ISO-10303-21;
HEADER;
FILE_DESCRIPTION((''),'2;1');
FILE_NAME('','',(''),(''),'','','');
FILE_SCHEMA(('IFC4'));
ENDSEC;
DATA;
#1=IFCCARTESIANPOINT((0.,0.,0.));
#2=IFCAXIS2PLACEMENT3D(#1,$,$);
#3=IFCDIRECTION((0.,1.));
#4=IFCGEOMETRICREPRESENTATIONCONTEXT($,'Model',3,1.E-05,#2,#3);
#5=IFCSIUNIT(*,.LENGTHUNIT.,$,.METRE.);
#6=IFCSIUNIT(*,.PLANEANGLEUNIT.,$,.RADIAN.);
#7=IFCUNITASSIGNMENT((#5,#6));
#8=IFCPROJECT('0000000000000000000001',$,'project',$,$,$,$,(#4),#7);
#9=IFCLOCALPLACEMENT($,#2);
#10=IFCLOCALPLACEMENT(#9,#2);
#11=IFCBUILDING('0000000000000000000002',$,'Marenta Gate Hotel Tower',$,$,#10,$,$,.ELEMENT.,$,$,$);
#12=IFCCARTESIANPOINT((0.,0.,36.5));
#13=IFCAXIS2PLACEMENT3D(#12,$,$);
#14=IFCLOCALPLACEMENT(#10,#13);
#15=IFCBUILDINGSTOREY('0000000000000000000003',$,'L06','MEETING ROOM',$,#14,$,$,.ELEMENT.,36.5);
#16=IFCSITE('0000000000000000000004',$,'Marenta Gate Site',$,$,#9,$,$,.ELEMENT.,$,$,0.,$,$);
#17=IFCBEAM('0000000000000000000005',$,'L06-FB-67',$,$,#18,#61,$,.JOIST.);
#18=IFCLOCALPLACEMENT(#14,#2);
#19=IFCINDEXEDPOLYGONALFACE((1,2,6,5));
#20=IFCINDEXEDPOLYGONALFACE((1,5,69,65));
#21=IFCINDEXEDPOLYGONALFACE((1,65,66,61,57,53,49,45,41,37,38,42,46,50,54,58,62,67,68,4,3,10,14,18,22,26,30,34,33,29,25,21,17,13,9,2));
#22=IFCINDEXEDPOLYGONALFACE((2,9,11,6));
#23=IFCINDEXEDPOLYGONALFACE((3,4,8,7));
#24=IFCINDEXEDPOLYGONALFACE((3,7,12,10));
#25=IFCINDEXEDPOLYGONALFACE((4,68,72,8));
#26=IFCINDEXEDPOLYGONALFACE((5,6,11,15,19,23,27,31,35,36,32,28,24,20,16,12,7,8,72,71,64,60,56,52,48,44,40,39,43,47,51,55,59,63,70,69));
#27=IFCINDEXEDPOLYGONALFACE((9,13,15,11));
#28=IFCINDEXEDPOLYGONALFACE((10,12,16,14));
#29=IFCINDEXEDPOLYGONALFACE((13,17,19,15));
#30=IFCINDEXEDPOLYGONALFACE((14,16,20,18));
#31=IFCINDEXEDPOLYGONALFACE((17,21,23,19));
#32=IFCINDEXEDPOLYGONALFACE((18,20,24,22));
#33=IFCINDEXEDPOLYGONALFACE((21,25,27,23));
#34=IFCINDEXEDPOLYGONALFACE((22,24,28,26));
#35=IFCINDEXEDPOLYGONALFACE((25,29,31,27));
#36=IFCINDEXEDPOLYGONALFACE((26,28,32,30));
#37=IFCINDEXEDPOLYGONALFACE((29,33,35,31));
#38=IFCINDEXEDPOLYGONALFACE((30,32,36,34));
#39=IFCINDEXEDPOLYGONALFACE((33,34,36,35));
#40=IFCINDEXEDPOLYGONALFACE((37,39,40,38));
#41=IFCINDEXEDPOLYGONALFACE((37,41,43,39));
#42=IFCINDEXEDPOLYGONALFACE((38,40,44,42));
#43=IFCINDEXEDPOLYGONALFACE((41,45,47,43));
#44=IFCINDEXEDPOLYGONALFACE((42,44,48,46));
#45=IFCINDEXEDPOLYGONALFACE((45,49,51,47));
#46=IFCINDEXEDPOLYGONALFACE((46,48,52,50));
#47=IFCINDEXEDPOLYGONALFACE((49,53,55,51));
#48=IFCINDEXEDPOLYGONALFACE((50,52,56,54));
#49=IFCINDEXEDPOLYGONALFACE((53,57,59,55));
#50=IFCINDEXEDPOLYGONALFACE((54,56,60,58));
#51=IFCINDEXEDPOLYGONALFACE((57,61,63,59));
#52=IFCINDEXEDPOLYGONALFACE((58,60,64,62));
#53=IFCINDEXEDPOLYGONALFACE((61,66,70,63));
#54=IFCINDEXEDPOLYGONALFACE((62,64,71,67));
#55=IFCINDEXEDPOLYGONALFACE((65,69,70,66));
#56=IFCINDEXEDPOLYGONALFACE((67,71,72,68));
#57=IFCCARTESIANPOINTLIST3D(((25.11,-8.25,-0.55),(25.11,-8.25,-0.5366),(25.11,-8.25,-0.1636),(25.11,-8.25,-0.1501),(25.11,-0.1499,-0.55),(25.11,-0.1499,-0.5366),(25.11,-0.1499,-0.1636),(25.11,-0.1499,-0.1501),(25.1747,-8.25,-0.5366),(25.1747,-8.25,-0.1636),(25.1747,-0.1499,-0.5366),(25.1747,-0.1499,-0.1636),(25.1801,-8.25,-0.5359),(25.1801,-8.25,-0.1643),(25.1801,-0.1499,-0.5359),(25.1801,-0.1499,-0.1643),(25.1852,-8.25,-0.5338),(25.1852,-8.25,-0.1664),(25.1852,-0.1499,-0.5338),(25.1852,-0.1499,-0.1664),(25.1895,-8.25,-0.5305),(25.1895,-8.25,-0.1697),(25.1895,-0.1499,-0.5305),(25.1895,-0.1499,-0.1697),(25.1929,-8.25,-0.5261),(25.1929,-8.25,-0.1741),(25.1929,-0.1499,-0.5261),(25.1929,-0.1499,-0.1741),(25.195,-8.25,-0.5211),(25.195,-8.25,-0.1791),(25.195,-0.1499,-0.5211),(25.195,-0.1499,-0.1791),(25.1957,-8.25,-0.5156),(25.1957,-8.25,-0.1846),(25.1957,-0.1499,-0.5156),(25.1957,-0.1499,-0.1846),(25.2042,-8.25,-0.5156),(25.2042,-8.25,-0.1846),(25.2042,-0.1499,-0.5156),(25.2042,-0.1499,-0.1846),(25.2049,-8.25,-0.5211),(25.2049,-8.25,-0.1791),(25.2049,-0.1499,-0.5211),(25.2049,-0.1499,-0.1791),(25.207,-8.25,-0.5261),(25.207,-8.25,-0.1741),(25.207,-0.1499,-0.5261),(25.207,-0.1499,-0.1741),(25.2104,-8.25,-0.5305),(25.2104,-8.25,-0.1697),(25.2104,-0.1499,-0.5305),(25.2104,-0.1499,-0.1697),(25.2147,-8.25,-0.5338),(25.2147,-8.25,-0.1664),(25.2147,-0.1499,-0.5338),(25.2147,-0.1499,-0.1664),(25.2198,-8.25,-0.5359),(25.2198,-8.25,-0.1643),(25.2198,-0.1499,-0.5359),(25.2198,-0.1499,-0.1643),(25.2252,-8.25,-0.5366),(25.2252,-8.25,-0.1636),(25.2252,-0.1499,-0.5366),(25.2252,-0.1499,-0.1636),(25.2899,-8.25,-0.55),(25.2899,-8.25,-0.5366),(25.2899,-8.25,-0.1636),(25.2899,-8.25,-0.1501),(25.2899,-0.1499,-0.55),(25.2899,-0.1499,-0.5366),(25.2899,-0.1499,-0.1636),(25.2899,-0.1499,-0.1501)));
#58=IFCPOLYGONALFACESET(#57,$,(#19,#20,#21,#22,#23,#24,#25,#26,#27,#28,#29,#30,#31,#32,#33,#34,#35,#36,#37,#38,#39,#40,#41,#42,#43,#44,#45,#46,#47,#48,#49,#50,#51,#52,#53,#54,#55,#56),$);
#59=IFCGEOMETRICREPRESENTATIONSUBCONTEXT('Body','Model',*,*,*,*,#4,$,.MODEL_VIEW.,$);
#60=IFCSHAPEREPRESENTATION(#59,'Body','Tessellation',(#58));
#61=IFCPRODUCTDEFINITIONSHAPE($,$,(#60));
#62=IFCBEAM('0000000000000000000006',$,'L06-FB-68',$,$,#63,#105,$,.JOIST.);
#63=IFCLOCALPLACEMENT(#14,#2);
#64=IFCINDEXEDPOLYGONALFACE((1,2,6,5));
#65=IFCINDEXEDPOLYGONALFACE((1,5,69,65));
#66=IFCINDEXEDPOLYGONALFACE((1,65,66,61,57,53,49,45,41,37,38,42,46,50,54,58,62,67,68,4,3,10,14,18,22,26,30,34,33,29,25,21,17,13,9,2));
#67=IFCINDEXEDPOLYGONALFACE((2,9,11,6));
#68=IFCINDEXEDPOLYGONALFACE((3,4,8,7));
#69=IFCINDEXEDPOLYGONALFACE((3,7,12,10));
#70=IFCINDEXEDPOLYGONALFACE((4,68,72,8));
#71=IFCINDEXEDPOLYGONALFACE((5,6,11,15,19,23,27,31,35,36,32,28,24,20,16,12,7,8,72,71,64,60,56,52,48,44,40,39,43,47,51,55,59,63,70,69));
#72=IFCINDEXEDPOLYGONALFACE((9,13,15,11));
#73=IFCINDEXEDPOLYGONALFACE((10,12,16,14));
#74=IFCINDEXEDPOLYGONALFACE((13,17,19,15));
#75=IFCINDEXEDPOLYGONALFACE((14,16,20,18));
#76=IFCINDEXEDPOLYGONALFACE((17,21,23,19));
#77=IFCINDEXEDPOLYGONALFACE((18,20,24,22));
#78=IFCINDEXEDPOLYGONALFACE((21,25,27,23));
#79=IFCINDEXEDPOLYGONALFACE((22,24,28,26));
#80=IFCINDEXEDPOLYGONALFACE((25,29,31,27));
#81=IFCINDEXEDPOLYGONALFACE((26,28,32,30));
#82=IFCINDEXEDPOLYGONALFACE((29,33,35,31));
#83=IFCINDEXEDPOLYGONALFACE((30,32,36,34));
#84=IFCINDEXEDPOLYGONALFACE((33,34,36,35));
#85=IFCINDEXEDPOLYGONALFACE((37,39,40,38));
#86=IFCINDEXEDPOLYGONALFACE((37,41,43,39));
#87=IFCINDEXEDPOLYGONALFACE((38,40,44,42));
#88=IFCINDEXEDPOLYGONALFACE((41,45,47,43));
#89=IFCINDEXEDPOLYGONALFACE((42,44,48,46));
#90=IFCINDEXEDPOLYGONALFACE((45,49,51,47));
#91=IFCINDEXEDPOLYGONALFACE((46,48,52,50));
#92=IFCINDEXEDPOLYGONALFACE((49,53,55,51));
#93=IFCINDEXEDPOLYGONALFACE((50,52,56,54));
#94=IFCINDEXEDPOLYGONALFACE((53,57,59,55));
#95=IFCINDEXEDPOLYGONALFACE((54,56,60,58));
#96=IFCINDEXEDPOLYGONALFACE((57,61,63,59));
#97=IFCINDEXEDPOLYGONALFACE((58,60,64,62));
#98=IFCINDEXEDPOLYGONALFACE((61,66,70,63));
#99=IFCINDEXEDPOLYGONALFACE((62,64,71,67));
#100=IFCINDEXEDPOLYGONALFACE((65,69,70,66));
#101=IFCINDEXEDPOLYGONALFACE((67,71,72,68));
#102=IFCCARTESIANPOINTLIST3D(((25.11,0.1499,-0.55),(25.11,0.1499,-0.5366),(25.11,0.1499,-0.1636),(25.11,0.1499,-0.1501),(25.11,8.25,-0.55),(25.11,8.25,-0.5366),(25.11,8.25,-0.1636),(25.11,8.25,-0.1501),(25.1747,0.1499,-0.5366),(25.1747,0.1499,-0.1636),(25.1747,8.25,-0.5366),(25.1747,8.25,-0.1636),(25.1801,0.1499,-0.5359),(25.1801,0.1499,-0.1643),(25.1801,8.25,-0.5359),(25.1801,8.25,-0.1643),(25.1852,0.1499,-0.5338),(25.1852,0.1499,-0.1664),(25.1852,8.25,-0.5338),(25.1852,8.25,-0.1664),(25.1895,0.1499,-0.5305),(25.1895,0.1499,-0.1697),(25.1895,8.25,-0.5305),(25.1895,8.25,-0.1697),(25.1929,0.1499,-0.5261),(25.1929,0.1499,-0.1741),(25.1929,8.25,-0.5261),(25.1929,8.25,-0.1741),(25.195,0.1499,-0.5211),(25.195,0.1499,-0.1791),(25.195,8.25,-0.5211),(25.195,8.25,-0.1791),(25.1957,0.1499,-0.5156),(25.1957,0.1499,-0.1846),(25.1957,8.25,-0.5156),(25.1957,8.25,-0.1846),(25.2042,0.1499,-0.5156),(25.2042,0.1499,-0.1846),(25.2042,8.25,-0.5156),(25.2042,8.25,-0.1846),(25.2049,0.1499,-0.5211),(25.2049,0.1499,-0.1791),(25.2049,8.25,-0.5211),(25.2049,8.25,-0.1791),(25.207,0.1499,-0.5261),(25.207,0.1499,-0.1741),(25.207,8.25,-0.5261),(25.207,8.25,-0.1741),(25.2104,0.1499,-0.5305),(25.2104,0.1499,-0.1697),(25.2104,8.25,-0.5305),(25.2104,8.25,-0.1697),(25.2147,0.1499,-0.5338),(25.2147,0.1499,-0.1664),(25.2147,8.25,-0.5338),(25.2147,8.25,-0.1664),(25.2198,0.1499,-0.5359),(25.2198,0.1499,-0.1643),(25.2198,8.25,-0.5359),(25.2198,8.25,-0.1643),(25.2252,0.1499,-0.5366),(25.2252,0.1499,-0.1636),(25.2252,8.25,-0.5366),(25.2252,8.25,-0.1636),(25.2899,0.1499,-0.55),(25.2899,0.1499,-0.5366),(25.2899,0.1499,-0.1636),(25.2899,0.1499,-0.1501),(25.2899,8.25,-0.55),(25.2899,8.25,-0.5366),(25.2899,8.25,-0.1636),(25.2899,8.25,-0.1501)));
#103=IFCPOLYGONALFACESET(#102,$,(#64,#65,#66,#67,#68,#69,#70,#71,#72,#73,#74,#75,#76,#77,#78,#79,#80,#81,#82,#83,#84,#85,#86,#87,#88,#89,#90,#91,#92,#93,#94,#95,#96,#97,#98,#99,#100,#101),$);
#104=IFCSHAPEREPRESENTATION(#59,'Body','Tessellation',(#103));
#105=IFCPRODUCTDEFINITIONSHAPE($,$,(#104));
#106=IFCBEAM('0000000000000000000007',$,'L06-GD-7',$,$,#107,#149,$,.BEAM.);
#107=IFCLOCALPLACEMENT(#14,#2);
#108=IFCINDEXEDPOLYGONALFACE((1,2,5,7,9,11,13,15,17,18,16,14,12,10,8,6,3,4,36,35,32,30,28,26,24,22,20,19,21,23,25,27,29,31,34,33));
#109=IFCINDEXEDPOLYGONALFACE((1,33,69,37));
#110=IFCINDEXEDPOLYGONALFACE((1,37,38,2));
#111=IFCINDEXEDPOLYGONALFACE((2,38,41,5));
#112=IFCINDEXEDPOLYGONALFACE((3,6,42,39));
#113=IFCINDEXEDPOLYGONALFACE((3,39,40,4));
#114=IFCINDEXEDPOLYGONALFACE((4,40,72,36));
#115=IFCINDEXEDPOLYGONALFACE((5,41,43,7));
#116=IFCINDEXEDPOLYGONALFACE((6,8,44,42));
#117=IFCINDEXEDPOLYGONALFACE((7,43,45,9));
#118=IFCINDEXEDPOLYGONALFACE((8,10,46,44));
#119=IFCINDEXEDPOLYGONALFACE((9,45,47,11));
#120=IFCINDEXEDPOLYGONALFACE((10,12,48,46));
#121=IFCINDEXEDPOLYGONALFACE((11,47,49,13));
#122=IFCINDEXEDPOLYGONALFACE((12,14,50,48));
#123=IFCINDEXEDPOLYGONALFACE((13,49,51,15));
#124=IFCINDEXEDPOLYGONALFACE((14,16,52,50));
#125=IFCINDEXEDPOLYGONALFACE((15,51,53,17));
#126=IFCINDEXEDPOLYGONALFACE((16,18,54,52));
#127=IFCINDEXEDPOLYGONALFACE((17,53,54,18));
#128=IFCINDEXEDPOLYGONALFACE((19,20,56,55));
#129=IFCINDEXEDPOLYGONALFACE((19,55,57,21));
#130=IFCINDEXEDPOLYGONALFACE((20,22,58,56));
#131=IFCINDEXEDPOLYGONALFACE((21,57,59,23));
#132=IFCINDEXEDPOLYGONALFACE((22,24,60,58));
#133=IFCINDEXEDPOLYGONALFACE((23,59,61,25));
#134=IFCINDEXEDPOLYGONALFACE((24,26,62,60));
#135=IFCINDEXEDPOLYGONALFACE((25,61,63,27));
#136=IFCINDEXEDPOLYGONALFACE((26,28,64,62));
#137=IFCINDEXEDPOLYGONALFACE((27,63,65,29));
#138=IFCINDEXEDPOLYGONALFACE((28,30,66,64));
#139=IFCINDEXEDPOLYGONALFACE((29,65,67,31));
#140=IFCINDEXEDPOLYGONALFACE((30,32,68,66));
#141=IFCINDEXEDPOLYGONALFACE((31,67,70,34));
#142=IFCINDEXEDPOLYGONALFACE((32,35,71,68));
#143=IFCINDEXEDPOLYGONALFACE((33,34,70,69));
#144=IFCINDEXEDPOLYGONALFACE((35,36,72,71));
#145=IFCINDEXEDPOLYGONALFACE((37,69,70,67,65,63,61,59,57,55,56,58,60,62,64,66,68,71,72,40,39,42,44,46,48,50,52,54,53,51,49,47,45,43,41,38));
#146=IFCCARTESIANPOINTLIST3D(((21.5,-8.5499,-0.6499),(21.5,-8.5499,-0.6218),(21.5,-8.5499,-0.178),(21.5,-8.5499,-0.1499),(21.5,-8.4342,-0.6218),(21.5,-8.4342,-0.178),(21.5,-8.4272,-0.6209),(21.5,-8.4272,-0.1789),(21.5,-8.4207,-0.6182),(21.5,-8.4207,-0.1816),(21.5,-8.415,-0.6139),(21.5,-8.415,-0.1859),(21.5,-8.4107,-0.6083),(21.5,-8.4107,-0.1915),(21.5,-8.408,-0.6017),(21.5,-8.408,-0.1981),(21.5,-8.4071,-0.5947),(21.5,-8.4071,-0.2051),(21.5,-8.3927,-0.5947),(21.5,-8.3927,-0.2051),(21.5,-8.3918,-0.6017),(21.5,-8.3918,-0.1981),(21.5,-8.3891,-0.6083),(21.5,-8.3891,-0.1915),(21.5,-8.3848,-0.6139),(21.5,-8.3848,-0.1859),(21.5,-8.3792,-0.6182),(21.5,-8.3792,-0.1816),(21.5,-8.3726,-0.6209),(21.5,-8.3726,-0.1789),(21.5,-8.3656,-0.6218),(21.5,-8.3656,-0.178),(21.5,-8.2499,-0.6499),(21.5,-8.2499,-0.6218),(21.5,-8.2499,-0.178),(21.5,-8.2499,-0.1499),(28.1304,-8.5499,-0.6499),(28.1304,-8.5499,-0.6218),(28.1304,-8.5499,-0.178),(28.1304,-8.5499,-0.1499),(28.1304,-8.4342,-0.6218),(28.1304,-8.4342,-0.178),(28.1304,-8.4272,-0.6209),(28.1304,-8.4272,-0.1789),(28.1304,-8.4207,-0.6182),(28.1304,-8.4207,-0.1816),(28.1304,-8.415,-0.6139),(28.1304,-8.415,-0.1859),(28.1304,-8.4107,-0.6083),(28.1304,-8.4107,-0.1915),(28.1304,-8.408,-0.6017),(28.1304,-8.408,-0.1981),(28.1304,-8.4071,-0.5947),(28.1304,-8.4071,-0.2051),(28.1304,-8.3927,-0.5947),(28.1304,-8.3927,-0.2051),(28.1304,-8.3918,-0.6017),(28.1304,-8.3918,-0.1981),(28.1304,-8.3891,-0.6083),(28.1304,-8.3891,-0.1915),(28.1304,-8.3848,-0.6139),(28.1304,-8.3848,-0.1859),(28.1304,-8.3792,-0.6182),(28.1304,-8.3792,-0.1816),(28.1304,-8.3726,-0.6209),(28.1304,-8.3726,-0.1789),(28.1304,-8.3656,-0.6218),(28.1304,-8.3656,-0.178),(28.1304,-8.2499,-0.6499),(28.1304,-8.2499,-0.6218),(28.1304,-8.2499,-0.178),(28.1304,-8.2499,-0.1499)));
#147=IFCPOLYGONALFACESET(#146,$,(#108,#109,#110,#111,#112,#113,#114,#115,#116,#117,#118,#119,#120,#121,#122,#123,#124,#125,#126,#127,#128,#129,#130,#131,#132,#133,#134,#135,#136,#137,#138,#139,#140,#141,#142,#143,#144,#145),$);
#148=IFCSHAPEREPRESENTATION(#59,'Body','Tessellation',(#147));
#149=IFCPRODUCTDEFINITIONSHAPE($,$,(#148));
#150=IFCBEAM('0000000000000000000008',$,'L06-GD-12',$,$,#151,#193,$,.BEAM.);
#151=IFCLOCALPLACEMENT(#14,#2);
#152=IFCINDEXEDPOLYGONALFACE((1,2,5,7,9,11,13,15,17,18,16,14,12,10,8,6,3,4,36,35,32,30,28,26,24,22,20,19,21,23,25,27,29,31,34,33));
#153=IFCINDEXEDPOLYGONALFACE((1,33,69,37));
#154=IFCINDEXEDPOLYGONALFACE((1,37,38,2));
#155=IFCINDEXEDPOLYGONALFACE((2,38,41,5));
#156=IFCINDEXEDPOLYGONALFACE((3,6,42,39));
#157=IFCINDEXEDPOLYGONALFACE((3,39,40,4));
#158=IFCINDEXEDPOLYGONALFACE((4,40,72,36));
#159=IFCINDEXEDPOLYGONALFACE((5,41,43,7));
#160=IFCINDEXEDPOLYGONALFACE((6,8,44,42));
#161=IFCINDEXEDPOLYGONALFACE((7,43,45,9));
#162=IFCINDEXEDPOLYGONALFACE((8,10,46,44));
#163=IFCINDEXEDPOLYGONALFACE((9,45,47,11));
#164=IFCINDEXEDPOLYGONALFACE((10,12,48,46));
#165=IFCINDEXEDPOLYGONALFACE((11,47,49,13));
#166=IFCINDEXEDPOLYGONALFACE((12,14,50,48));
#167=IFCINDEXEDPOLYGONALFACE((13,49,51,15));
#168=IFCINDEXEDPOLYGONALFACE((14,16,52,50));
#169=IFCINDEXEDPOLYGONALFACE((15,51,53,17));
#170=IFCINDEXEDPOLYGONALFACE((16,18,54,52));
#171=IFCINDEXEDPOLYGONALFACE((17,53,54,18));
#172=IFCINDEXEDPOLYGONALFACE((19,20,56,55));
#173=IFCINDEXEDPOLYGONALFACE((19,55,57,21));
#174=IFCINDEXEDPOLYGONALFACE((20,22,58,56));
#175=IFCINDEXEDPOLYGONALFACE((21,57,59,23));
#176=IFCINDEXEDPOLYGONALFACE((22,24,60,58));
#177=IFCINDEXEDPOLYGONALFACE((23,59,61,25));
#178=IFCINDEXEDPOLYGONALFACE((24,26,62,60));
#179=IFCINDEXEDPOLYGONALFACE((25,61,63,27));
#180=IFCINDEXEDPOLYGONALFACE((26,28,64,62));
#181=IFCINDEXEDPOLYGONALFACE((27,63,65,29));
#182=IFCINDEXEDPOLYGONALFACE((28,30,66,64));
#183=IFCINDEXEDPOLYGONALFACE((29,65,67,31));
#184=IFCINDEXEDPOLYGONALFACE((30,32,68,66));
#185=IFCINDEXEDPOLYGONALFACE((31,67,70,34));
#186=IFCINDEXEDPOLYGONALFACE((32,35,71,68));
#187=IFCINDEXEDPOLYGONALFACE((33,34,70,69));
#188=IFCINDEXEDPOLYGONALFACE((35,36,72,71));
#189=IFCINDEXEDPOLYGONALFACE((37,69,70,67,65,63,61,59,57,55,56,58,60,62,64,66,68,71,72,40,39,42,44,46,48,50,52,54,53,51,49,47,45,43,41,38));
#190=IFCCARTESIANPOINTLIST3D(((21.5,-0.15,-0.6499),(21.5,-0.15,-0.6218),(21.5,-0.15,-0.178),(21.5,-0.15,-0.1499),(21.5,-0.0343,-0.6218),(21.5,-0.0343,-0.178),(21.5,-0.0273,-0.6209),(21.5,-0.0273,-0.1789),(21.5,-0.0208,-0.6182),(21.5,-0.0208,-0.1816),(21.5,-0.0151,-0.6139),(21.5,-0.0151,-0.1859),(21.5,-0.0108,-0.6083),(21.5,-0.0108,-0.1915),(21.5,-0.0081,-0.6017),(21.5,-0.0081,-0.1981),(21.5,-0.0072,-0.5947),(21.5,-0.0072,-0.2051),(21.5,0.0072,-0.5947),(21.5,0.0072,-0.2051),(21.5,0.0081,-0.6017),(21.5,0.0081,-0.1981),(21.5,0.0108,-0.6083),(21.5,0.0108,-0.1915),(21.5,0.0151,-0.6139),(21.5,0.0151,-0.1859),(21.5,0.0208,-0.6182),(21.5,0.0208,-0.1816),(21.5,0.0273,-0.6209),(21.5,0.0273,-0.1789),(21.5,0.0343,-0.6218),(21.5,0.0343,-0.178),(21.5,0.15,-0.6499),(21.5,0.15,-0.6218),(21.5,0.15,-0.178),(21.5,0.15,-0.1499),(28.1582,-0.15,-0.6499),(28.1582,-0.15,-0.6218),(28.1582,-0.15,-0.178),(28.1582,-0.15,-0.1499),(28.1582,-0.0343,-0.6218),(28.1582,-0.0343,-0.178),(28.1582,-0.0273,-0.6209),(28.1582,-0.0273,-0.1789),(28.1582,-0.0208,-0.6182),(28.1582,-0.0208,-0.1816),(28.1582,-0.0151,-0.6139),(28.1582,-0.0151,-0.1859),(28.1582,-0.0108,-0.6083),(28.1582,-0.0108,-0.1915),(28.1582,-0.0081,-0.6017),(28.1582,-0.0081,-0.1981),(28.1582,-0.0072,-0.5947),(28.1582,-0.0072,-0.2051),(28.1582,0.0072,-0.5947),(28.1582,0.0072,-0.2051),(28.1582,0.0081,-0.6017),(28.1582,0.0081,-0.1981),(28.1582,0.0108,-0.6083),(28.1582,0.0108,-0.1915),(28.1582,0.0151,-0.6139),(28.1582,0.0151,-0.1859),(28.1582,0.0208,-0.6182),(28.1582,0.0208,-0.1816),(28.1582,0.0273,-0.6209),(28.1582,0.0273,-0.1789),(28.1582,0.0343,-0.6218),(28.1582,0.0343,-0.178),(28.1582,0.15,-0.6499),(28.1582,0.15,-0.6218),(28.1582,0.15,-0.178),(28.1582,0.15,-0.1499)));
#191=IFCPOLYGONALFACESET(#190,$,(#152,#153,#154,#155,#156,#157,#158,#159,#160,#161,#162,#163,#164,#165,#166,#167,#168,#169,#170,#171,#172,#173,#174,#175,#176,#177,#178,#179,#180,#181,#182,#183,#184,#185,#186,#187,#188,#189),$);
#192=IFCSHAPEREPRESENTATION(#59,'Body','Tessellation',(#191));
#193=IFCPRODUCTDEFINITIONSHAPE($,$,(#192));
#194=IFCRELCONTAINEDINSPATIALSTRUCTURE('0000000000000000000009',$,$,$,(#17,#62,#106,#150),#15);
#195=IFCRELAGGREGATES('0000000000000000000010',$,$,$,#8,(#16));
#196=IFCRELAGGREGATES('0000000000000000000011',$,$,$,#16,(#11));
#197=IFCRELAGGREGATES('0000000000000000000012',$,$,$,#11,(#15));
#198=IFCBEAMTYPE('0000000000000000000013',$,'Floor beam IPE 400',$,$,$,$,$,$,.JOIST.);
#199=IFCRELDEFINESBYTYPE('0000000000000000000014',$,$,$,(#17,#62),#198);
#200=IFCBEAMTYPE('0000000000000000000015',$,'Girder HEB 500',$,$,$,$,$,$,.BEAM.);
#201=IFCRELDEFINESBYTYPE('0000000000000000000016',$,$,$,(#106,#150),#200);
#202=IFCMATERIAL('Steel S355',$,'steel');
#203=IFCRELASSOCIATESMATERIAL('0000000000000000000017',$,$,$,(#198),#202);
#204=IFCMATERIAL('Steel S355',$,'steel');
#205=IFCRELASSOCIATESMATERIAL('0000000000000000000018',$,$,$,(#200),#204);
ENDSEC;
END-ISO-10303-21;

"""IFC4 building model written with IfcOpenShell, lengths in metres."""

from ifc_helpers import new_model, si_unit, direction, frame, origin, origin_2d, place, context, subcontext, project, spatial, i_section, extrude, material, material_profile, profile_set, type_object, element, save


model = new_model("IFC4")

# Units and contexts
model_context = context("Model", 3, precision=1e-05, world=origin(), true_north=direction((0.0, 1.0)))
body_context = subcontext(model_context, "Body", "Model", "MODEL_VIEW")
ifc_project = project(units=[si_unit("LENGTHUNIT", "METRE"), si_unit("PLANEANGLEUNIT", "RADIAN")], contexts=[model_context])

# Site, building, storey
site_placement = place(None, origin())
site = spatial("IfcSite", under=ifc_project, at=site_placement, Name="Marenta Gate Site", CompositionType="ELEMENT", RefElevation=0.0)
building_placement = place(site_placement, origin())
building = spatial("IfcBuilding", under=site, at=building_placement, Name="Marenta Gate Hotel Tower", CompositionType="ELEMENT")
storey_placement = place(building_placement, frame((0.0, 0.0, 36.5)))
storey = spatial("IfcBuildingStorey", under=building, at=storey_placement, Name="L06", Description="MEETING ROOM", CompositionType="ELEMENT", Elevation=36.5)

# Beams
ifc_material_1 = material(Name="Steel S355", Category="steel")
ifc_material_profile_1 = material_profile(ifc_material_1, i_section(OverallWidth=0.1799, OverallDepth=0.3999, WebThickness=0.0085, FlangeThickness=0.0134, FilletRadius=0.021, at=origin_2d()), Name="IPE 400")
ifc_profile_set_1 = profile_set([ifc_material_profile_1], Name="Steel S355")
beam_type_1 = type_object("IfcBeamType", Name="Floor beam IPE 400", PredefinedType="JOIST", material=ifc_profile_set_1)
for number, where, z_axis, x_axis, name in (
    (1, (25.2, -8.25, -0.3501), (0.0, 1.0, 0.0), (-1.0, 0.0, 0.0), "L06-FB-67"),
    (2, (25.2, 0.1499, -0.3501), (0.0, 1.0, 0.0), (-1.0, 0.0, 0.0), "L06-FB-68"),
):
    element("IfcBeam", number, at=place(storey_placement, frame(where, z_axis=z_axis, x_axis=x_axis)), inside=storey, type_object=beam_type_1, Name=name, PredefinedType="JOIST", context=body_context, shape_type="SweptSolid", body=[
        extrude(i_section(OverallWidth=0.1799, OverallDepth=0.3999, WebThickness=0.0085, FlangeThickness=0.0134, FilletRadius=0.021, at=origin_2d()), origin(), (0.0, 0.0, 1.0), 8.1001),
    ])
ifc_material_2 = material(Name="Steel S355", Category="steel")
ifc_material_profile_2 = material_profile(ifc_material_2, i_section(OverallWidth=0.3, OverallDepth=0.5, WebThickness=0.0144, FlangeThickness=0.0281, FilletRadius=0.0271, at=origin_2d()), Name="HEB 500")
ifc_profile_set_2 = profile_set([ifc_material_profile_2], Name="Steel S355")
beam_type_2 = type_object("IfcBeamType", Name="Girder HEB 500", PredefinedType="BEAM", material=ifc_profile_set_2)
beam_1_placement = place(storey_placement, frame((21.5, -8.3999, -0.3999), z_axis=(1.0, 0.0, 0.0), x_axis=(0.0, 1.0, 0.0)))
element("IfcBeam", 3, at=beam_1_placement, inside=storey, type_object=beam_type_2, Name="L06-GD-7", PredefinedType="BEAM", context=body_context, shape_type="SweptSolid", body=[
    extrude(i_section(OverallWidth=0.3, OverallDepth=0.5, WebThickness=0.0144, FlangeThickness=0.0281, FilletRadius=0.0271, at=origin_2d()), origin(), (0.0, 0.0, 1.0), 6.6304),
])
beam_2_placement = place(storey_placement, frame((21.5, 0.0, -0.3999), z_axis=(1.0, 0.0, 0.0), x_axis=(0.0, 1.0, 0.0)))
element("IfcBeam", 4, at=beam_2_placement, inside=storey, type_object=beam_type_2, Name="L06-GD-12", PredefinedType="BEAM", context=body_context, shape_type="SweptSolid", body=[
    extrude(i_section(OverallWidth=0.3, OverallDepth=0.5, WebThickness=0.0144, FlangeThickness=0.0281, FilletRadius=0.0271, at=origin_2d()), origin(), (0.0, 0.0, 1.0), 6.6582),
])

save(model, "model.ifc")
